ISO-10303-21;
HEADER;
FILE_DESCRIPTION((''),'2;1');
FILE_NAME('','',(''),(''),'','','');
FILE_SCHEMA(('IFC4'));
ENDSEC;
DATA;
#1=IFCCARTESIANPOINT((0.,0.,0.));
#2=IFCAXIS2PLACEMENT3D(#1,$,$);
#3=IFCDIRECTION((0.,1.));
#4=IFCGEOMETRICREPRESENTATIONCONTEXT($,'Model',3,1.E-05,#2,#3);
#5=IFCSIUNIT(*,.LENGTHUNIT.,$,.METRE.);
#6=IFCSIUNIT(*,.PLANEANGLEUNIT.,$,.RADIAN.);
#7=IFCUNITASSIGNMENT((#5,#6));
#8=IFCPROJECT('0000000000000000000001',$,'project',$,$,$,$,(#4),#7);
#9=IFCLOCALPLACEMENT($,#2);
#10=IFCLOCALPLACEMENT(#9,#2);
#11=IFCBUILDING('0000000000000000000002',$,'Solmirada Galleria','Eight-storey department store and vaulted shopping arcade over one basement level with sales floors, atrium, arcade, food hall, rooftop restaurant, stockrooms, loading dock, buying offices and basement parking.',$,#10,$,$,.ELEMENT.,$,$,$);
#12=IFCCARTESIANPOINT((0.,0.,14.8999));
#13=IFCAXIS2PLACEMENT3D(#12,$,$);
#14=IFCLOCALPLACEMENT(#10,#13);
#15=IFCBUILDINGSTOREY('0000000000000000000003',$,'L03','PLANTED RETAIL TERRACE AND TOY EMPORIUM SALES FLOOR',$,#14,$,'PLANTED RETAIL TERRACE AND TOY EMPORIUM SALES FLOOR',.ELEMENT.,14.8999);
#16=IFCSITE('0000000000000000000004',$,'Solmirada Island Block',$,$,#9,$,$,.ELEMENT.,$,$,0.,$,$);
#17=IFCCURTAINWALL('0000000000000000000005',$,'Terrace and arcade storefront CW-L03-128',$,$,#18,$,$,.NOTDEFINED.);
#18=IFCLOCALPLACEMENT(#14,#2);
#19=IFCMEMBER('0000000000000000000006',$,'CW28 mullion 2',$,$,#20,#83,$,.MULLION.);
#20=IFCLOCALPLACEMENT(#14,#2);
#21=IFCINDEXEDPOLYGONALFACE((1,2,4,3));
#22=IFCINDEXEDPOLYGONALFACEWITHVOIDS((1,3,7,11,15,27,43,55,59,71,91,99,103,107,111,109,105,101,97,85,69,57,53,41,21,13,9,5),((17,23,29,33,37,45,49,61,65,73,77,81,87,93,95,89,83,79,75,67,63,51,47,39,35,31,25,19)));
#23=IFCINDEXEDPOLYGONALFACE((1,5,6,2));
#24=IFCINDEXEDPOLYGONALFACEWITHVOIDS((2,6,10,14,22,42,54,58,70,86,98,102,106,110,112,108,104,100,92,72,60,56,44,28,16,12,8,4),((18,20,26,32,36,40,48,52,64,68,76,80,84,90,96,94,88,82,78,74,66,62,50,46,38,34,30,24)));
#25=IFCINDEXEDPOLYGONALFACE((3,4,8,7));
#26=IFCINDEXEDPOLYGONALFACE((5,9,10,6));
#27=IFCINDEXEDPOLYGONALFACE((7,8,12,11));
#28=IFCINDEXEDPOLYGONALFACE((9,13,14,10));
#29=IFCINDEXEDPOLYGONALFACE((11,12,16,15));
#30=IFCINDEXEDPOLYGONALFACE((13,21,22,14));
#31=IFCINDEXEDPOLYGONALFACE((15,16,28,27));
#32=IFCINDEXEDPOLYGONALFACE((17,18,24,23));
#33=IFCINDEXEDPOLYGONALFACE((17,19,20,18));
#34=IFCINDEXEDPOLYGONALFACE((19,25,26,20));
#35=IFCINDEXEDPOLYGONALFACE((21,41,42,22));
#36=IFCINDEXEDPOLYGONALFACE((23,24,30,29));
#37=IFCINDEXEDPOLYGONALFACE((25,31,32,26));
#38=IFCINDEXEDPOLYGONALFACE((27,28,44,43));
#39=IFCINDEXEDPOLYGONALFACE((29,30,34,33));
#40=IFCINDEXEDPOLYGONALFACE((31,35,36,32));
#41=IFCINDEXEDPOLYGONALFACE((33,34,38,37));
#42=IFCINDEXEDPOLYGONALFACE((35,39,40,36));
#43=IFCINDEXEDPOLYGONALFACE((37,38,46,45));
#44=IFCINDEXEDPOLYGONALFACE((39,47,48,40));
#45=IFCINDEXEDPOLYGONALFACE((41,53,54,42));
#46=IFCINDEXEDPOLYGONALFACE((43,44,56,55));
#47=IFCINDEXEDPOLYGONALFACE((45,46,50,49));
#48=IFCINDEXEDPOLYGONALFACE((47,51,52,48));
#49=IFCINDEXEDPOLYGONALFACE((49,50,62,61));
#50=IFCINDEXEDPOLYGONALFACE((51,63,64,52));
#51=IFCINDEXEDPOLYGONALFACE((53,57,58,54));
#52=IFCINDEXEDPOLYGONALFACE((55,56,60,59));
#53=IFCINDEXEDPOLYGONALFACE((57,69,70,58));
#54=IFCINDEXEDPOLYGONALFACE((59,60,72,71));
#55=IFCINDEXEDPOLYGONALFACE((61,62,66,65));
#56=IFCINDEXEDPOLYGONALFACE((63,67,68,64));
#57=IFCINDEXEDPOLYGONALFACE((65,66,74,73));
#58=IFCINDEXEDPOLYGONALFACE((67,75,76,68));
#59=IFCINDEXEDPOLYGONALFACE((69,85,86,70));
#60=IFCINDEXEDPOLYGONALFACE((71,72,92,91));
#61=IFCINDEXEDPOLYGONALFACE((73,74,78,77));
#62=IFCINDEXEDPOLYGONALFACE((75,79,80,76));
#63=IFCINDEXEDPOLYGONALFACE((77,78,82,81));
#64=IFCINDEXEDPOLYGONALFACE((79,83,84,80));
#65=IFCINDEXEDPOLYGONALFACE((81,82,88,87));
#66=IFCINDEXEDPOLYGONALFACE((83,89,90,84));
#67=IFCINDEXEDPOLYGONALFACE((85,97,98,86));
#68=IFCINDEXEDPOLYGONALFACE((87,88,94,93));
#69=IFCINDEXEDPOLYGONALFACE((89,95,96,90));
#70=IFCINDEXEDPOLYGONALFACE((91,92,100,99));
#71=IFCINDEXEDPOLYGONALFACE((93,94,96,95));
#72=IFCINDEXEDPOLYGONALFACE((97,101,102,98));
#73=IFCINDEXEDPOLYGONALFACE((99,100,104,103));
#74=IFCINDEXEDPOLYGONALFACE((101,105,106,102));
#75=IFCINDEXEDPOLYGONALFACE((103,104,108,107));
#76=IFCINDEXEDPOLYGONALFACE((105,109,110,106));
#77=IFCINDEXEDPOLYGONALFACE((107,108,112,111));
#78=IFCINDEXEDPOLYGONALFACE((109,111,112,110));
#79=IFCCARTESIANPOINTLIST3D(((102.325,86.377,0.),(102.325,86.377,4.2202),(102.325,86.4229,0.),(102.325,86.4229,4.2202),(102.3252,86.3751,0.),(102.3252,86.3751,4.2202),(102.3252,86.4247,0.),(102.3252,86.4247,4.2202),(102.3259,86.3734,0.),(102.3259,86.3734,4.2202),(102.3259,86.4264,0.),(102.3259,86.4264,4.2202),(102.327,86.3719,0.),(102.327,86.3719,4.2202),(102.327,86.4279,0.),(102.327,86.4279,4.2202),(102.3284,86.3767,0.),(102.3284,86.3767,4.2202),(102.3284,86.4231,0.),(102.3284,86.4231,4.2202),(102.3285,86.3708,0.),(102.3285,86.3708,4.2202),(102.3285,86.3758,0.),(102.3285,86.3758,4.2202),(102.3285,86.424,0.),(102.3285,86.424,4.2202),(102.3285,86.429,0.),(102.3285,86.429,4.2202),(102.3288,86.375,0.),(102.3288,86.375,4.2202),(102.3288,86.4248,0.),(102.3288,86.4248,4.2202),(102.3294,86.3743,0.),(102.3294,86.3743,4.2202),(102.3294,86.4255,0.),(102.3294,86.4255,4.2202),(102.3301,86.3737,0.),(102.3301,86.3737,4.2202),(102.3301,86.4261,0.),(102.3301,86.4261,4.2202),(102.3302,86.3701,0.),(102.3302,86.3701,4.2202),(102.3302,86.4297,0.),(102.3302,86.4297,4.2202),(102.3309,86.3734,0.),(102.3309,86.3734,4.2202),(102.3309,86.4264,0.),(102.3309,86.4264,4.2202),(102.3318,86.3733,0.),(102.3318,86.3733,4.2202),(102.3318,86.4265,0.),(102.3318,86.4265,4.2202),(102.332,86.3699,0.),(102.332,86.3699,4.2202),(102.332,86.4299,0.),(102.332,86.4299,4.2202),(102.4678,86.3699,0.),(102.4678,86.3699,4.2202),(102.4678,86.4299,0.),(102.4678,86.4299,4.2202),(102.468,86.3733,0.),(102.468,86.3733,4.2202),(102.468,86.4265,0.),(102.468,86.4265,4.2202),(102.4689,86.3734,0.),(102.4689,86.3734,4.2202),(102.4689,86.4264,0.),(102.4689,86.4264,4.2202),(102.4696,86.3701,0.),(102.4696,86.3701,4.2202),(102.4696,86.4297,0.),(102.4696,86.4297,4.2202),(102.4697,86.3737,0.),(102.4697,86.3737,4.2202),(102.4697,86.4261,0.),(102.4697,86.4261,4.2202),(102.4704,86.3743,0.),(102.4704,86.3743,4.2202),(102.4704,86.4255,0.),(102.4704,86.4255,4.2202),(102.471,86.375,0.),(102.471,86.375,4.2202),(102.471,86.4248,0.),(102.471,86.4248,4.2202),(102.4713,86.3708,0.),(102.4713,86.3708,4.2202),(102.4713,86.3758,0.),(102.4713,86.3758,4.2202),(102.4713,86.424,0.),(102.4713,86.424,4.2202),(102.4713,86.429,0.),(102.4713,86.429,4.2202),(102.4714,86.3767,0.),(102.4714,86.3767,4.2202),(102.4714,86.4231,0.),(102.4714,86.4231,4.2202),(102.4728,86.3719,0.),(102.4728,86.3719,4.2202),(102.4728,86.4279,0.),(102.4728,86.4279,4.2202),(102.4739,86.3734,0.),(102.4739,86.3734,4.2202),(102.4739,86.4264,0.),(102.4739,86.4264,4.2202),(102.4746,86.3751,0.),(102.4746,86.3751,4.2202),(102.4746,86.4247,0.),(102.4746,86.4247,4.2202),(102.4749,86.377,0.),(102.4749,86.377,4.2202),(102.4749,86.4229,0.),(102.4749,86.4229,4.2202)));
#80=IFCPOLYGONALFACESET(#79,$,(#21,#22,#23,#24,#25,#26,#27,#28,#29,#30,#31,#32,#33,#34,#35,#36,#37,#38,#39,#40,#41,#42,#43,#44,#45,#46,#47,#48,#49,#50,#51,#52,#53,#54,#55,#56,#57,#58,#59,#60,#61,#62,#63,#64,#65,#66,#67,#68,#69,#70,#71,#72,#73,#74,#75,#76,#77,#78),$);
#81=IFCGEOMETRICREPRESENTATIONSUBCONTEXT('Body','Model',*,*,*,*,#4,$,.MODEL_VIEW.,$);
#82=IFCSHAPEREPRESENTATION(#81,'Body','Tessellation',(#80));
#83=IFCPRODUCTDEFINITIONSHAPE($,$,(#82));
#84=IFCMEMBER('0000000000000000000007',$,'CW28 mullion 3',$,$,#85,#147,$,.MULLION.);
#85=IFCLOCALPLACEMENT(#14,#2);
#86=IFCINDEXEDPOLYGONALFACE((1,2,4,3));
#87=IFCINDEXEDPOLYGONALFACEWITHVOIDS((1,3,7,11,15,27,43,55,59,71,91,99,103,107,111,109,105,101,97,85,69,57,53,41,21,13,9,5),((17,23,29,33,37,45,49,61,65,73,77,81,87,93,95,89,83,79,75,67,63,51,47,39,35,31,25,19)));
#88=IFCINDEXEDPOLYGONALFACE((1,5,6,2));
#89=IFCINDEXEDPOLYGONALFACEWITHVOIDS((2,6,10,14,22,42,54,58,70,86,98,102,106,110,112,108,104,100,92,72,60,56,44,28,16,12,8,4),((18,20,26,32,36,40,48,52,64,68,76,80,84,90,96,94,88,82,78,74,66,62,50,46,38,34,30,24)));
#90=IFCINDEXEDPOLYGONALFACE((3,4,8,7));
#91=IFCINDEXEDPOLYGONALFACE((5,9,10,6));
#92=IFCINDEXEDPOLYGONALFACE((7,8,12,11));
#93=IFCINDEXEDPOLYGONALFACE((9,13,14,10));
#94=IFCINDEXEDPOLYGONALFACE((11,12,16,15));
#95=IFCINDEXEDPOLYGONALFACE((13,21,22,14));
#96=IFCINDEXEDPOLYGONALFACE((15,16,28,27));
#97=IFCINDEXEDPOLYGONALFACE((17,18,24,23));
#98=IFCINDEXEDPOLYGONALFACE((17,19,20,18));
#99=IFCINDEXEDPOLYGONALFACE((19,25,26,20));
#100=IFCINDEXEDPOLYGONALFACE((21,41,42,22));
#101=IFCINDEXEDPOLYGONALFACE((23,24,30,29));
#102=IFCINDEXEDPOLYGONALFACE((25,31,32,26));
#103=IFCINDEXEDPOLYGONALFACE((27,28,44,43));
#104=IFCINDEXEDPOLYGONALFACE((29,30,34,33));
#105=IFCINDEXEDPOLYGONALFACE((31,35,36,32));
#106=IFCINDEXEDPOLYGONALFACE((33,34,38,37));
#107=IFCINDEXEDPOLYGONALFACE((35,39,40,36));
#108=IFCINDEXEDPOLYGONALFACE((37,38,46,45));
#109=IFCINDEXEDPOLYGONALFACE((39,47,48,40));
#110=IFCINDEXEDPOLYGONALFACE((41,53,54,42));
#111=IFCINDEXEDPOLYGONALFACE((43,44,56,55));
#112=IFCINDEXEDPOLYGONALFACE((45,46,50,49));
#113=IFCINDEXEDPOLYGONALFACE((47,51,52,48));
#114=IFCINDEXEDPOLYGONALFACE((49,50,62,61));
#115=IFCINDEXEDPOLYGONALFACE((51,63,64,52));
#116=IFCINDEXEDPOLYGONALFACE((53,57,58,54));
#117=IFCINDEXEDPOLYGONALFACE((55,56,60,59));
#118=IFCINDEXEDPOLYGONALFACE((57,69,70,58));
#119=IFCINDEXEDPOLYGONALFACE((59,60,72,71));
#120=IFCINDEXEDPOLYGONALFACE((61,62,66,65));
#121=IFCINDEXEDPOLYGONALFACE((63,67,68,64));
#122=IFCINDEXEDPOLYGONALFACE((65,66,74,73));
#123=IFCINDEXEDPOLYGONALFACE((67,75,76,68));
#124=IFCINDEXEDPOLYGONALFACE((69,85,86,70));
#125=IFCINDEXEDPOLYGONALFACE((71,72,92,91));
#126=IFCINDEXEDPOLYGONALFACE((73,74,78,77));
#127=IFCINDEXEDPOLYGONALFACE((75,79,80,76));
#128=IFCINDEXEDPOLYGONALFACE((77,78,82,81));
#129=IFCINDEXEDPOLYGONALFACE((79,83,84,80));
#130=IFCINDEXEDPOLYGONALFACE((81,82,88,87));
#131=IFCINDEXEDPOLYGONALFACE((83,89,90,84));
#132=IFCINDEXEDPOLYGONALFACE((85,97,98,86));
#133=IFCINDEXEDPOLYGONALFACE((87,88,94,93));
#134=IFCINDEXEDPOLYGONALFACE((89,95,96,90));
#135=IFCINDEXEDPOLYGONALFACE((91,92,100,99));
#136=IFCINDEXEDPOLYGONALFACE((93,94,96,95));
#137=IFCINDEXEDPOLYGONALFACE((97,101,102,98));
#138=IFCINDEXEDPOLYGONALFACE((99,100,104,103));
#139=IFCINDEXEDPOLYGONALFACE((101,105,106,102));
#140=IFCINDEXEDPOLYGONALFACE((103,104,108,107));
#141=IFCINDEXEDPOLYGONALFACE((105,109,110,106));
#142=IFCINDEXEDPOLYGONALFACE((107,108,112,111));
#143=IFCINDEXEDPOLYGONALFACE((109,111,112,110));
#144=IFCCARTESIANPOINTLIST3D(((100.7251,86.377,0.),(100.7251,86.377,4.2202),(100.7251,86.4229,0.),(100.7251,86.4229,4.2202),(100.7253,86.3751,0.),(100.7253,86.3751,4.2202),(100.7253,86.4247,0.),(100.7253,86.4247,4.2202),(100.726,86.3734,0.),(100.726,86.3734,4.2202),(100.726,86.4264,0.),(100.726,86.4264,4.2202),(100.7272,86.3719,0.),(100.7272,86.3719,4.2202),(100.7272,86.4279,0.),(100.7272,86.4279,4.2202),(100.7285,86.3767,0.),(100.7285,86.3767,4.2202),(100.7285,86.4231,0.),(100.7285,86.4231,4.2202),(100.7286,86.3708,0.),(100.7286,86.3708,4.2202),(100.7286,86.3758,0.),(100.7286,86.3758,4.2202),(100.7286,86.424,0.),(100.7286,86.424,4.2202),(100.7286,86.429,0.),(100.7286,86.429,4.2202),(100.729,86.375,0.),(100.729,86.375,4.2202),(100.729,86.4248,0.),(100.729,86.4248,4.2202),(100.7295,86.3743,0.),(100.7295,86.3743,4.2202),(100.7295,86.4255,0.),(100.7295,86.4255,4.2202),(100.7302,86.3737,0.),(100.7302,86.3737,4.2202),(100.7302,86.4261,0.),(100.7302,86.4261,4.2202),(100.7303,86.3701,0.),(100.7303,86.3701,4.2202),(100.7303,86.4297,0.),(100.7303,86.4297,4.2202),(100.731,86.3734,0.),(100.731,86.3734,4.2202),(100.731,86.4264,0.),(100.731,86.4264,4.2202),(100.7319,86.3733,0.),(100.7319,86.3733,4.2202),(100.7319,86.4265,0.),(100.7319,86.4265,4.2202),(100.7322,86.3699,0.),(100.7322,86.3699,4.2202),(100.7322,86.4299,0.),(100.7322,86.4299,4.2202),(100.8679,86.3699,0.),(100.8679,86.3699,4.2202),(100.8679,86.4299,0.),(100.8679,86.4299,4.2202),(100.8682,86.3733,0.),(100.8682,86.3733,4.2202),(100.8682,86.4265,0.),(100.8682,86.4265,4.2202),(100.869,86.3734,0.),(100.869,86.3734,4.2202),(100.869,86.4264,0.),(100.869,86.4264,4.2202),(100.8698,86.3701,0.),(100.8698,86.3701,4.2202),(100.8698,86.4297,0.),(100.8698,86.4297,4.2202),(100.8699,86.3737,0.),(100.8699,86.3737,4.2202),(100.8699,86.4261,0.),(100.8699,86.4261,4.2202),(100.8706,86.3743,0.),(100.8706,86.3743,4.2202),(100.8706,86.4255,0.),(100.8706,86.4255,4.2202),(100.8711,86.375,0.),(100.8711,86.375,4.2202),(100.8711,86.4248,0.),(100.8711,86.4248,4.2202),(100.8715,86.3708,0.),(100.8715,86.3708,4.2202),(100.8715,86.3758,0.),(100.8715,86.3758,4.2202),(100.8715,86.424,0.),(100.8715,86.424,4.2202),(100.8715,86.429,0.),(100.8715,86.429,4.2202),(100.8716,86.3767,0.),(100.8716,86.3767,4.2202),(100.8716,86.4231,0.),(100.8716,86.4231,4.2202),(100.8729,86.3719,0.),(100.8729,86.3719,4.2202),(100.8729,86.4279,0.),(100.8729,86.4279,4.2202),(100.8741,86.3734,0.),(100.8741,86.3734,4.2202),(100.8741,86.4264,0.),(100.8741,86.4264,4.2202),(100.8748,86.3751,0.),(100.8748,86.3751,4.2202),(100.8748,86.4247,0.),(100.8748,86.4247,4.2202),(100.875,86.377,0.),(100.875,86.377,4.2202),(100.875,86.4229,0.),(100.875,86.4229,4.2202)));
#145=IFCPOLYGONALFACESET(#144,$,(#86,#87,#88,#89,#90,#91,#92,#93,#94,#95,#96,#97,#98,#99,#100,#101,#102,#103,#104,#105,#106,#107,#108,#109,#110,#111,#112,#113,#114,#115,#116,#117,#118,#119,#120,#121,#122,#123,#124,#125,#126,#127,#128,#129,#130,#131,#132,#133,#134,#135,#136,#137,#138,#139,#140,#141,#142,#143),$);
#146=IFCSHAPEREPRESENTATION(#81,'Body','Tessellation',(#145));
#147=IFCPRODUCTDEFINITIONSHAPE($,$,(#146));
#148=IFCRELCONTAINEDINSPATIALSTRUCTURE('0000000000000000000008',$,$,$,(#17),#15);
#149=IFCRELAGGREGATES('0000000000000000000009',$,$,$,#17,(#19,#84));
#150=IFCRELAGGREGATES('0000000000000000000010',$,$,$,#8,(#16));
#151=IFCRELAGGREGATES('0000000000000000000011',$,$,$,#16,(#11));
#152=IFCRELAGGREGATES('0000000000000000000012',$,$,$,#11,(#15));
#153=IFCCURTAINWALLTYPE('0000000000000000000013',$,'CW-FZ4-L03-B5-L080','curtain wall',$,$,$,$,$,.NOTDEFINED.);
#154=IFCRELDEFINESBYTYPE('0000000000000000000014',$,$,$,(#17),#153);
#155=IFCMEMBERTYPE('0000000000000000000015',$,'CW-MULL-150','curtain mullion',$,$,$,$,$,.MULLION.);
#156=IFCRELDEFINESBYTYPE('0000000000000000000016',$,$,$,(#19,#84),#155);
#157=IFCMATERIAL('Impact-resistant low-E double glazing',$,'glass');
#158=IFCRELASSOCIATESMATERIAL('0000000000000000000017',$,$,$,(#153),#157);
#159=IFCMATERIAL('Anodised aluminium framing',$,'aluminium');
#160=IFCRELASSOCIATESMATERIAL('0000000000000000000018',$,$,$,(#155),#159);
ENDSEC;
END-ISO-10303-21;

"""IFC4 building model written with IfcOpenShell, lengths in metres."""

from ifc_helpers import new_model, si_unit, direction, frame, origin, origin_2d, place, context, subcontext, project, spatial, hollow_rectangle, extrude, material, material_profile, profile_set, type_object, element, aggregate, save


model = new_model("IFC4")

# Units and contexts
model_context = context("Model", 3, precision=1e-05, world=origin(), true_north=direction((0.0, 1.0)))
body_context = subcontext(model_context, "Body", "Model", "MODEL_VIEW")
ifc_project = project(units=[si_unit("LENGTHUNIT", "METRE"), si_unit("PLANEANGLEUNIT", "RADIAN")], contexts=[model_context])

# Site, building, storey
site_placement = place(None, origin())
site = spatial("IfcSite", under=ifc_project, at=site_placement, Name="Solmirada Island Block", CompositionType="ELEMENT", RefElevation=0.0)
building_placement = place(site_placement, origin())
building = spatial("IfcBuilding", under=site, at=building_placement, Name="Solmirada Galleria", Description="Eight-storey department store and vaulted shopping arcade over one basement level with sales floors, atrium, arcade, food hall, rooftop restaurant, stockrooms, loading dock, buying offices and basement parking.", CompositionType="ELEMENT")
storey_placement = place(building_placement, frame((0.0, 0.0, 14.8999)))
storey = spatial("IfcBuildingStorey", under=building, at=storey_placement, Name="L03", Description="PLANTED RETAIL TERRACE AND TOY EMPORIUM SALES FLOOR", LongName="PLANTED RETAIL TERRACE AND TOY EMPORIUM SALES FLOOR", CompositionType="ELEMENT", Elevation=14.8999)

# Curtain wall, members
ifc_material_1 = material(Name="Impact-resistant low-E double glazing", Category="glass")
curtain_wall_type = type_object("IfcCurtainWallType", Name="CW-FZ4-L03-B5-L080", Description="curtain wall", PredefinedType="NOTDEFINED", material=ifc_material_1)
curtain_wall_placement = place(storey_placement, origin())
curtain_wall = element("IfcCurtainWall", 1, at=curtain_wall_placement, inside=storey, type_object=curtain_wall_type, Name="Terrace and arcade storefront CW-L03-128", PredefinedType="NOTDEFINED")
ifc_material_2 = material(Name="Anodised aluminium framing", Category="aluminium")
ifc_material_profile_1 = material_profile(ifc_material_2, hollow_rectangle(XDim=0.0601, YDim=0.1499, WallThickness=0.0034, InnerFilletRadius=0.0034, OuterFilletRadius=0.0071, at=origin_2d()), Name="ALU-MULL-150X60")
ifc_profile_set_1 = profile_set([ifc_material_profile_1], Name="Anodised aluminium framing")
member_type_1 = type_object("IfcMemberType", Name="CW-MULL-150", Description="curtain mullion", PredefinedType="MULLION", material=ifc_profile_set_1)
member_1_placement = place(storey_placement, frame((102.3999, 86.3999, 0.0), z_axis=(0.0, 0.0, 1.0), x_axis=(0.0, -1.0, 0.0)))
member_1 = element("IfcMember", 2, at=member_1_placement, type_object=member_type_1, Name="CW28 mullion 2", PredefinedType="MULLION", context=body_context, shape_type="SweptSolid", body=[
    extrude(hollow_rectangle(XDim=0.0601, YDim=0.1499, WallThickness=0.0034, InnerFilletRadius=0.0034, OuterFilletRadius=0.0071, at=origin_2d()), origin(), (0.0, 0.0, 1.0), 4.2202),
])
member_2_placement = place(storey_placement, frame((100.8, 86.3999, 0.0), z_axis=(0.0, 0.0, 1.0), x_axis=(0.0, -1.0, 0.0)))
member_2 = element("IfcMember", 3, at=member_2_placement, type_object=member_type_1, Name="CW28 mullion 3", PredefinedType="MULLION", context=body_context, shape_type="SweptSolid", body=[
    extrude(hollow_rectangle(XDim=0.0601, YDim=0.1499, WallThickness=0.0034, InnerFilletRadius=0.0034, OuterFilletRadius=0.0071, at=origin_2d()), origin(), (0.0, 0.0, 1.0), 4.2202),
])
aggregate(curtain_wall, [member_1, member_2])

save(model, "model.ifc")
